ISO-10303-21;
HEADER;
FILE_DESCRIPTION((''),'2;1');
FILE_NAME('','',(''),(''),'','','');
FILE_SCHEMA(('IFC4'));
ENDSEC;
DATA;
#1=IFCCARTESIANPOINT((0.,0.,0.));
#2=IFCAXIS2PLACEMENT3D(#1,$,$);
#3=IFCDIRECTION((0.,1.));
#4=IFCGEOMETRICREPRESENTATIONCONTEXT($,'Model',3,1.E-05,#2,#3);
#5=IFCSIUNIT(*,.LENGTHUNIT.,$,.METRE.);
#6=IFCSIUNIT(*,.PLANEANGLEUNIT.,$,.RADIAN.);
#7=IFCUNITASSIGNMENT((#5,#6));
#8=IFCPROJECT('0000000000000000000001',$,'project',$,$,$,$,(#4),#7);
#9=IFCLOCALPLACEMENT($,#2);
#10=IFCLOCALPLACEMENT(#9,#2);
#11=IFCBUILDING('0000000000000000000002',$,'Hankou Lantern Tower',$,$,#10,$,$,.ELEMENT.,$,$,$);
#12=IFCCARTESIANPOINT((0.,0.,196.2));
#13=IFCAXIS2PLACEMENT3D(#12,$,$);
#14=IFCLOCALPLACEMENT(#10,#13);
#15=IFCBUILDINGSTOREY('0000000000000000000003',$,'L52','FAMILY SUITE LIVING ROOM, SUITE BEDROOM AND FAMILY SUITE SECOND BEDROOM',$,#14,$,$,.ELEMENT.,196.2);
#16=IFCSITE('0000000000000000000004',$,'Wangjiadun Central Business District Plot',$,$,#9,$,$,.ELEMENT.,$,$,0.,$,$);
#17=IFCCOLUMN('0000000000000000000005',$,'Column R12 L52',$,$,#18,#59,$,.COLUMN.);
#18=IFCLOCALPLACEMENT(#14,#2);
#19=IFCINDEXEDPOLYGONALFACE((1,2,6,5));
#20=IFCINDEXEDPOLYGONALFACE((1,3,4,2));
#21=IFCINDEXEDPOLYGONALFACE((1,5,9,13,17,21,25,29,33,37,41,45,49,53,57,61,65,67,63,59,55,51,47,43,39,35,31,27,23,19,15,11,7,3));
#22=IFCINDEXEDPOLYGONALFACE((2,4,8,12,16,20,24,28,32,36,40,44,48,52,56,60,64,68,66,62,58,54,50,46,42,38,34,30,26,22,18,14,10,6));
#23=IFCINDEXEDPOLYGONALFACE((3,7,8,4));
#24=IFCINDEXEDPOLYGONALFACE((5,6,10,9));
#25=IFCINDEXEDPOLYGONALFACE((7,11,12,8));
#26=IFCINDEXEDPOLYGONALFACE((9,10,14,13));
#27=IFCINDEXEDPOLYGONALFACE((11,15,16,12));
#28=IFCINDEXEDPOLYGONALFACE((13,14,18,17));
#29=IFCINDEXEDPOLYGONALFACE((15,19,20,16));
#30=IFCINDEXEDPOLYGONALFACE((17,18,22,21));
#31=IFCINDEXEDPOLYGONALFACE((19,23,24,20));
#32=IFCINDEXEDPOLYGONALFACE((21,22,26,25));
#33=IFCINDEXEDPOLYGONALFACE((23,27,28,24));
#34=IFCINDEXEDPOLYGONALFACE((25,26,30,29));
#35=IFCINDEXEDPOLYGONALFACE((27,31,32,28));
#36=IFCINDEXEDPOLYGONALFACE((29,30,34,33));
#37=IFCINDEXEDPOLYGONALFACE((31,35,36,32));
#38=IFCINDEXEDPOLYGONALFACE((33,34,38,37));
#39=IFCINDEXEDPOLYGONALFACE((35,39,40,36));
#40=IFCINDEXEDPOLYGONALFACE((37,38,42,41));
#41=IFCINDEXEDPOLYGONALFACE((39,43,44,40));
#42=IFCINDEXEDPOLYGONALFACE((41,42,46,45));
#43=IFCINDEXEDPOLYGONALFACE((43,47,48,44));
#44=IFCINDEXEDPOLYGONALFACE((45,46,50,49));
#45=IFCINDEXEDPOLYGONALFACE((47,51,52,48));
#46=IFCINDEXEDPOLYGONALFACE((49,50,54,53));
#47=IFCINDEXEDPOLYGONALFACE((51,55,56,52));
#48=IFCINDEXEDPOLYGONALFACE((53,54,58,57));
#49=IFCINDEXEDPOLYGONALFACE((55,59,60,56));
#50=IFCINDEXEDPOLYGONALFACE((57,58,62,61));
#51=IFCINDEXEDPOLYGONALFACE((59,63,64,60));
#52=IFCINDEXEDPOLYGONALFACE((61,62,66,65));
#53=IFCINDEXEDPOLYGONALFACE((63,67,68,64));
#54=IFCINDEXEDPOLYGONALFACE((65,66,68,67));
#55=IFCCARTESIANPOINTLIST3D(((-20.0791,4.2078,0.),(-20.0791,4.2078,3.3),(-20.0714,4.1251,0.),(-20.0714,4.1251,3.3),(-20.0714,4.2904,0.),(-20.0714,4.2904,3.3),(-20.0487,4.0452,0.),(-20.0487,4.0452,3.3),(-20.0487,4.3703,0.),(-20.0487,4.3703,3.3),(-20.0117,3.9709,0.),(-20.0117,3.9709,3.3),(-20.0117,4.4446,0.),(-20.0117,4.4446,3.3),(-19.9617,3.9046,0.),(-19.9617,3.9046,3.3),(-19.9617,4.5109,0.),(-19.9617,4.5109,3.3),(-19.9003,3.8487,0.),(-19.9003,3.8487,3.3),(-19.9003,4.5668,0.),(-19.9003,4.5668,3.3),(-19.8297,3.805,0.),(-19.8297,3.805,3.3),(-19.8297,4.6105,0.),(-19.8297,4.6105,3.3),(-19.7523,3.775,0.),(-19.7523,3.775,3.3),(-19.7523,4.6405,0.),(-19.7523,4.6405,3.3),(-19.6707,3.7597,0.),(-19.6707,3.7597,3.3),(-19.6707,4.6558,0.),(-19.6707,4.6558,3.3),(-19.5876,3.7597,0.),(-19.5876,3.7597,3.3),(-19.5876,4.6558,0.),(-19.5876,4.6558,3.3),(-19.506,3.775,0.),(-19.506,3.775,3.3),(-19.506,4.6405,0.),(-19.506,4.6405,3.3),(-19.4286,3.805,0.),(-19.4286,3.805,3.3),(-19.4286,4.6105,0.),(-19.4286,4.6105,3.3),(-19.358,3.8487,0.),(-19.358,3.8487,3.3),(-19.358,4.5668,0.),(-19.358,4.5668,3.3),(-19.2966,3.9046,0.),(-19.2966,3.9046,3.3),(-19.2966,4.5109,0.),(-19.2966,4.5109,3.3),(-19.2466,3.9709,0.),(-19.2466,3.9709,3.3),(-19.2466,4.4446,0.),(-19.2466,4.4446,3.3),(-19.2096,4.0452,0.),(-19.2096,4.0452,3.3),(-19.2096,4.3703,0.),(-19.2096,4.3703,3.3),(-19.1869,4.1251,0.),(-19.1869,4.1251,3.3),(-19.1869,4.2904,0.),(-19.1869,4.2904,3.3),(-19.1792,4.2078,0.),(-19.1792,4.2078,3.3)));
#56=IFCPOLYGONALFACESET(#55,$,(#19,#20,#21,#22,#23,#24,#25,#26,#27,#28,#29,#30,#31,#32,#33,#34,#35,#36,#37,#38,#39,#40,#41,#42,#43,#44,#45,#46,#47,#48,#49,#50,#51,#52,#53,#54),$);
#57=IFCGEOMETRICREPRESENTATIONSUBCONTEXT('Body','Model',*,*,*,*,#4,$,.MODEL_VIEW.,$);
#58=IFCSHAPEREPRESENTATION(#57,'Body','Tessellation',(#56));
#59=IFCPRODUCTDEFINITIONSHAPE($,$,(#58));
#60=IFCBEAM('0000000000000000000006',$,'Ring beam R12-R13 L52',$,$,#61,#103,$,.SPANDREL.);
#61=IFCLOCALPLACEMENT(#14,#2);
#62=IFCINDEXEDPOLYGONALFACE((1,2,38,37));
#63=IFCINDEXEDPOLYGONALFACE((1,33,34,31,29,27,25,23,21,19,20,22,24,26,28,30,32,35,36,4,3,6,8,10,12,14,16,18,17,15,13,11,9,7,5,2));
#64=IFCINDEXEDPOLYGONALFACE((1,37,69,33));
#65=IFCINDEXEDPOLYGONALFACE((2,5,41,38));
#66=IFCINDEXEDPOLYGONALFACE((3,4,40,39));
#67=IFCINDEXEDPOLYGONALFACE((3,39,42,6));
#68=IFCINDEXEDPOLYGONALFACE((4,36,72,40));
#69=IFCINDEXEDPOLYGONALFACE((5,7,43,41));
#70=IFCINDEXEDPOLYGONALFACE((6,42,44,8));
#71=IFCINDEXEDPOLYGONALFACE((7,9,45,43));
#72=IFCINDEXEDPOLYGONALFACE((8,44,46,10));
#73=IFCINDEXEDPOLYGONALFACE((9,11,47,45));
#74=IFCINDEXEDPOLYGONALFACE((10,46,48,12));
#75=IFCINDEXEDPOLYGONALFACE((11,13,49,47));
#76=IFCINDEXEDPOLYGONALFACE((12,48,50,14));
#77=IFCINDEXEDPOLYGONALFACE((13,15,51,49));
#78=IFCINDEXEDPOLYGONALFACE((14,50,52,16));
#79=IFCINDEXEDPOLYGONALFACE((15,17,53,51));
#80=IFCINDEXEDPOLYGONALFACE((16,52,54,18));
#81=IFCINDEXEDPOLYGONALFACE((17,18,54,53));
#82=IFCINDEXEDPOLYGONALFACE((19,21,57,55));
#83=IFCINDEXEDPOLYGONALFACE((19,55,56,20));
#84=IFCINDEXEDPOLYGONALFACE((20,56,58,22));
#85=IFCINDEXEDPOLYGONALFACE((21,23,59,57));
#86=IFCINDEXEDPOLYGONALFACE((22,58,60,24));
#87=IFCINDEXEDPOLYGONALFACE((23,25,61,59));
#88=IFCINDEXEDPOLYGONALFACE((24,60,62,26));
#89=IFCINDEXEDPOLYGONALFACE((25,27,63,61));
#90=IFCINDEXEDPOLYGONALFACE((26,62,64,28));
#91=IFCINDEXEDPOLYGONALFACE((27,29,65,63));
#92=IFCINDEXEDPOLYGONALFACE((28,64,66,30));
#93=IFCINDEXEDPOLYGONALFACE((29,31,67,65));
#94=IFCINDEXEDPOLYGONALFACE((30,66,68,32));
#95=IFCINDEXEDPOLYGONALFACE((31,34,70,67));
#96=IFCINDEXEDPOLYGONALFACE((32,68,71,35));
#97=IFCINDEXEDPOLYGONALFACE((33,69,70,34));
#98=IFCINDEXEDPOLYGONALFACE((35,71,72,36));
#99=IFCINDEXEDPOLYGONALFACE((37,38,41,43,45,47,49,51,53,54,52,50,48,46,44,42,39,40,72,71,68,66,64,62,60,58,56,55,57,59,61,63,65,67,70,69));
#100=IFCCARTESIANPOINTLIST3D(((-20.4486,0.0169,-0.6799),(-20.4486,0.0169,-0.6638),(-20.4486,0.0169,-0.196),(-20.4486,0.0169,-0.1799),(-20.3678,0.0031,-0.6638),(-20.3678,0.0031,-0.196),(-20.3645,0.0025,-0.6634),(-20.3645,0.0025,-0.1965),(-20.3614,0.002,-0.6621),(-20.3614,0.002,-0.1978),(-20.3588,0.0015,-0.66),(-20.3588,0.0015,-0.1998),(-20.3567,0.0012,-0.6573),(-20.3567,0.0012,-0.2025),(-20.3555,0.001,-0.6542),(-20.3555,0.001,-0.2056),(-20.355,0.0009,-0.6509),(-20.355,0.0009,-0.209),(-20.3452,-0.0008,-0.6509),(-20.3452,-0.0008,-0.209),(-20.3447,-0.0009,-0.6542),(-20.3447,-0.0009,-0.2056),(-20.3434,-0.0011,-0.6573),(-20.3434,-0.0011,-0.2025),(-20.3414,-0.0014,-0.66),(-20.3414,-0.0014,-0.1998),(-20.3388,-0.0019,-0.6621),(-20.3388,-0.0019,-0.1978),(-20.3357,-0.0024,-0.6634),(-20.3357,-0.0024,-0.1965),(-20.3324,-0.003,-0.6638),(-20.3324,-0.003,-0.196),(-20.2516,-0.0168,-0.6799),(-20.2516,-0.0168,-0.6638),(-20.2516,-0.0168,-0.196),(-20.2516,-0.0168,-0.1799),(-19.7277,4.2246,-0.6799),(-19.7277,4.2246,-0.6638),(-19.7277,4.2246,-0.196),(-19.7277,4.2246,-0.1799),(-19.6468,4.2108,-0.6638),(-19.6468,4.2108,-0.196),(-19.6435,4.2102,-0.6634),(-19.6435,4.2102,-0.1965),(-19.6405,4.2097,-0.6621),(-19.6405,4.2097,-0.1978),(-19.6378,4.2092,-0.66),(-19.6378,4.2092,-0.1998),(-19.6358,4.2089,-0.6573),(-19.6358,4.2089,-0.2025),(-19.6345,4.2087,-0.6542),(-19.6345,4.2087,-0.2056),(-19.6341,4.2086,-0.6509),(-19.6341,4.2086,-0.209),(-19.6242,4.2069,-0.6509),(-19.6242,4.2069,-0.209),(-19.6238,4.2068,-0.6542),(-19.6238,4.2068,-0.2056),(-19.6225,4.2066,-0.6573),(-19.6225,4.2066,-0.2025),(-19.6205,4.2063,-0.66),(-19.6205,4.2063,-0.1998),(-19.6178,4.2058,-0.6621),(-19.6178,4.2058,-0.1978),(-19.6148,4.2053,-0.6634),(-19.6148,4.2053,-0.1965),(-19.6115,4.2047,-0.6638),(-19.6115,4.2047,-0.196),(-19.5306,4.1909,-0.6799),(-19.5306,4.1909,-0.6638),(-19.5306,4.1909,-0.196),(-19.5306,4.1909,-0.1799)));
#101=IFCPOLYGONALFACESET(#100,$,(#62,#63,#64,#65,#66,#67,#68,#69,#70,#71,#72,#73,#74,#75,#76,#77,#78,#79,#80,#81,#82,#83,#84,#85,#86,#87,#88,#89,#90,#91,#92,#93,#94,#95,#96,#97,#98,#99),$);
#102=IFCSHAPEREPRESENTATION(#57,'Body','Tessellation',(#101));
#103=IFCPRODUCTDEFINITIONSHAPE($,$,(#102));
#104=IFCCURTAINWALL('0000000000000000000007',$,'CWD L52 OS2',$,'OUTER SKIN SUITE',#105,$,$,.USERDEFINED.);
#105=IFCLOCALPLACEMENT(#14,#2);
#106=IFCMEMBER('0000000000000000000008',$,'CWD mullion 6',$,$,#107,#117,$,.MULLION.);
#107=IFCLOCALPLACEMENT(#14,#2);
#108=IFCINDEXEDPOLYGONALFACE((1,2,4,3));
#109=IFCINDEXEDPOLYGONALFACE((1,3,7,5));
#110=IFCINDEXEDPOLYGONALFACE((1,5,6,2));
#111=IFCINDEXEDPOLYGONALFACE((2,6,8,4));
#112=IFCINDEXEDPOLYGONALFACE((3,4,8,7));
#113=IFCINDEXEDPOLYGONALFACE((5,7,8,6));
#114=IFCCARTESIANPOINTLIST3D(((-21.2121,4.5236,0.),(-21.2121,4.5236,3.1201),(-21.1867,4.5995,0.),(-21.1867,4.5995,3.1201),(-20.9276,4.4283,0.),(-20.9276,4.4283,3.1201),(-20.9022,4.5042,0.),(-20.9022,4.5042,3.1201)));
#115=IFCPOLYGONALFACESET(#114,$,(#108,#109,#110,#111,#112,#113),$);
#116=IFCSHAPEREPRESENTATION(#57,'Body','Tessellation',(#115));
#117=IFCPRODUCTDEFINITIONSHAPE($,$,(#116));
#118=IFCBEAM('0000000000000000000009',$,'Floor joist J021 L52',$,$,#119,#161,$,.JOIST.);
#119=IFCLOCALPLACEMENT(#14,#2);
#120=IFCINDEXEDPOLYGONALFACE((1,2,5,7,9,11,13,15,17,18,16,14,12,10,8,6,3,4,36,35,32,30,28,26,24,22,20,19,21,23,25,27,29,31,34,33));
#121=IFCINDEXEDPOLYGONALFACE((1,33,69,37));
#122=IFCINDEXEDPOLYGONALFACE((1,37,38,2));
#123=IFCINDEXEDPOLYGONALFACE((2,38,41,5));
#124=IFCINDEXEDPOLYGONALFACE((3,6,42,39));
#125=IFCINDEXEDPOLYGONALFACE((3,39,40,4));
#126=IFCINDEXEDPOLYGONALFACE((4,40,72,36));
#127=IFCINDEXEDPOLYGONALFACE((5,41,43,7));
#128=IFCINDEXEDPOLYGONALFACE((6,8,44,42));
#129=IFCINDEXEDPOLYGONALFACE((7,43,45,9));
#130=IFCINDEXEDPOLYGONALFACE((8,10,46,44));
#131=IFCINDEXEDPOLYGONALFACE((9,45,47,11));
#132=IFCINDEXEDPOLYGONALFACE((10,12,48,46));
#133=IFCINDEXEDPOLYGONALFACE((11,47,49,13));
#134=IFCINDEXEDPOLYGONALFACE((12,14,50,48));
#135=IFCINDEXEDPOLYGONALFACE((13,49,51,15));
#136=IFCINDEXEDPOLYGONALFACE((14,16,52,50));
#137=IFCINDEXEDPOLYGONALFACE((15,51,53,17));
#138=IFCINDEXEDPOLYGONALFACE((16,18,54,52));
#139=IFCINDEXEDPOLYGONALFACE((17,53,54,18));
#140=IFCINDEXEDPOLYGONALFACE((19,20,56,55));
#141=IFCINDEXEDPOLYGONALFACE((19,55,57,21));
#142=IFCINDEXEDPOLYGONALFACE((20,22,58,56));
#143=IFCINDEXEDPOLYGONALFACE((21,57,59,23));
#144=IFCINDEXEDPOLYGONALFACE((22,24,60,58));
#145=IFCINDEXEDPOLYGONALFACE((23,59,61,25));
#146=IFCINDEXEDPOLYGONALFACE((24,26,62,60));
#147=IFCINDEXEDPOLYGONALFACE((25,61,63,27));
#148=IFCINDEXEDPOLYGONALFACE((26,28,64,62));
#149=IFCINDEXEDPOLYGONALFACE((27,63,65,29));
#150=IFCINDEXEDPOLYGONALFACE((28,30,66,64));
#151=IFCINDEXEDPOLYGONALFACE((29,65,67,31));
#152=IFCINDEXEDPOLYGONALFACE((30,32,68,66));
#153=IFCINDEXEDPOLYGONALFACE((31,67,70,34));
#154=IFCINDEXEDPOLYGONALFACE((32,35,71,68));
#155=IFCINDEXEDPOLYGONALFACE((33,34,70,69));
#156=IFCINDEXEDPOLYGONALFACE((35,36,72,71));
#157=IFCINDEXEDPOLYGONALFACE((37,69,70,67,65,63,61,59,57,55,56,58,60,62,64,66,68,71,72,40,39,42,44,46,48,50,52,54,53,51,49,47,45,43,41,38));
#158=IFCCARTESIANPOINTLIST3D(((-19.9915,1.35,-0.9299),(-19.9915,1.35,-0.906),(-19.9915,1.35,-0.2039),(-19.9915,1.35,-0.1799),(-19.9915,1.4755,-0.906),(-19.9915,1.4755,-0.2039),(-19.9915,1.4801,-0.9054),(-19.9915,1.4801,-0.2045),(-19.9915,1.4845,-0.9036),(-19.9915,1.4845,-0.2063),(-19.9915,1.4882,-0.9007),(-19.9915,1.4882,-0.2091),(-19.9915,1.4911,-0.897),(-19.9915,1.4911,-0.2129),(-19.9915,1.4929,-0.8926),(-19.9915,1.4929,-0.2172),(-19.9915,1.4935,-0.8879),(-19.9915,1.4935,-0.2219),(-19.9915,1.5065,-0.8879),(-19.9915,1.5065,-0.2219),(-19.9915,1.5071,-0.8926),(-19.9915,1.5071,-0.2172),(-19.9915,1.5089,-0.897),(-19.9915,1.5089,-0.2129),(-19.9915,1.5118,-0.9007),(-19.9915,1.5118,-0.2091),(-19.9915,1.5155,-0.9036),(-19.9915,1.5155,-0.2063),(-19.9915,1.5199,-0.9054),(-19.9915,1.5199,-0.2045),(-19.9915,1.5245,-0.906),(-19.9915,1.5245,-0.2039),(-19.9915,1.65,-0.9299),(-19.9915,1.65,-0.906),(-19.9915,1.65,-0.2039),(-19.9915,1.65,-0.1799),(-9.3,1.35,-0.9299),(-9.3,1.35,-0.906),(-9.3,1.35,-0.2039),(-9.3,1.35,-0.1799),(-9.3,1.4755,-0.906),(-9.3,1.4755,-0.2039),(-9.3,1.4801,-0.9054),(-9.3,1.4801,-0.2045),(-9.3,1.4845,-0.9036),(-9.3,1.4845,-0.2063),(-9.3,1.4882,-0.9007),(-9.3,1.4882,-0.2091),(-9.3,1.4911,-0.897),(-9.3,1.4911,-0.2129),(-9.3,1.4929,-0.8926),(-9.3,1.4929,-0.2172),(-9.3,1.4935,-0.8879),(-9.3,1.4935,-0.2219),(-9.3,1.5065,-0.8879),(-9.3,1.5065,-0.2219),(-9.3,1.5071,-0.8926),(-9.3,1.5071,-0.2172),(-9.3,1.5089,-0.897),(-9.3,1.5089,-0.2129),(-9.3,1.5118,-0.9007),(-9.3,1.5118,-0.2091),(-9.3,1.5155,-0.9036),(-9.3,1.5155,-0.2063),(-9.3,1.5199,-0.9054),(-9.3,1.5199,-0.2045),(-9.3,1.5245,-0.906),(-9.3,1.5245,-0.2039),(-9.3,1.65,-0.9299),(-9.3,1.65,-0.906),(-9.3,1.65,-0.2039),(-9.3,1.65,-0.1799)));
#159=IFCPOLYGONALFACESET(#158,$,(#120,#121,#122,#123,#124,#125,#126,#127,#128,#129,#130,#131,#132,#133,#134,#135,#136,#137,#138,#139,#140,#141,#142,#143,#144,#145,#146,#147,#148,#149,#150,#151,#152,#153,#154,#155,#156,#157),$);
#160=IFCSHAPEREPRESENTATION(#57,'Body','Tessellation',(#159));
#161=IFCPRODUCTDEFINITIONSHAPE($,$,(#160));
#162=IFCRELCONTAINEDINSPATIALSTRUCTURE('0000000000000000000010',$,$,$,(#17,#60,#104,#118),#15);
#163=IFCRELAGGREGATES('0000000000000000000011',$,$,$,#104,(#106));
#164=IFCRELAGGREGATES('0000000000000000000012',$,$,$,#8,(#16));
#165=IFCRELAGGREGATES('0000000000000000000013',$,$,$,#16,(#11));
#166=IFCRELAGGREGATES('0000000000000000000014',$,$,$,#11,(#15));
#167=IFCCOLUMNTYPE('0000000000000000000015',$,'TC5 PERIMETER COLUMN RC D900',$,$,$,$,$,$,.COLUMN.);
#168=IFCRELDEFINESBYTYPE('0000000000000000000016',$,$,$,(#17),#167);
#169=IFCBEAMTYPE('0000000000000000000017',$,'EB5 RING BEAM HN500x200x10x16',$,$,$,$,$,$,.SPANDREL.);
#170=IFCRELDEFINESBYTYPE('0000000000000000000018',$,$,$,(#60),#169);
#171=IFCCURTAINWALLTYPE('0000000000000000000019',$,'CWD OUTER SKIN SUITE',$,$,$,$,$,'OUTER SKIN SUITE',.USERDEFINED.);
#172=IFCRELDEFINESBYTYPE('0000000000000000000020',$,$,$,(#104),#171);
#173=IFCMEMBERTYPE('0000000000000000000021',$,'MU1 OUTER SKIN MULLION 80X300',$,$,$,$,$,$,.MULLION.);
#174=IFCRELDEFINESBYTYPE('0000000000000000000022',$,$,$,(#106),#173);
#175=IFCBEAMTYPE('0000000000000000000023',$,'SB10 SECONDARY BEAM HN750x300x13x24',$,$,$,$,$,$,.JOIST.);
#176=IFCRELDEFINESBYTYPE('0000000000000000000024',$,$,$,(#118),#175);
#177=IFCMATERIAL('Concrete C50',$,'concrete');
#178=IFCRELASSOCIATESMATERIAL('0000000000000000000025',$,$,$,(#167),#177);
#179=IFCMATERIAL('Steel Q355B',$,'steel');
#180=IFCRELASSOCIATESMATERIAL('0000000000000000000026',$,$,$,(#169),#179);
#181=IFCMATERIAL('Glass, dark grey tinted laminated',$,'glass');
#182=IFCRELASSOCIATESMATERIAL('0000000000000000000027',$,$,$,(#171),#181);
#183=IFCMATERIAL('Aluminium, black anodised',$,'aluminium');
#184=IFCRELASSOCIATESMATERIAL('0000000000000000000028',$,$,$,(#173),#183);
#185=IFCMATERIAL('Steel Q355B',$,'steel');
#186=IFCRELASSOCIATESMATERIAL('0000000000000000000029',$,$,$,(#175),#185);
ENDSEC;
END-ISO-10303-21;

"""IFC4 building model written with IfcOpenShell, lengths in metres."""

from ifc_helpers import new_model, si_unit, direction, frame, origin, origin_2d, place, context, subcontext, project, spatial, rectangle, circle, i_section, extrude, material, material_profile, profile_set, type_object, element, aggregate, save


model = new_model("IFC4")

# Units and contexts
model_context = context("Model", 3, precision=1e-05, world=origin(), true_north=direction((0.0, 1.0)))
body_context = subcontext(model_context, "Body", "Model", "MODEL_VIEW")
ifc_project = project(units=[si_unit("LENGTHUNIT", "METRE"), si_unit("PLANEANGLEUNIT", "RADIAN")], contexts=[model_context])

# Site, building, storey
site_placement = place(None, origin())
site = spatial("IfcSite", under=ifc_project, at=site_placement, Name="Wangjiadun Central Business District Plot", CompositionType="ELEMENT", RefElevation=0.0)
building_placement = place(site_placement, origin())
building = spatial("IfcBuilding", under=site, at=building_placement, Name="Hankou Lantern Tower", CompositionType="ELEMENT")
storey_placement = place(building_placement, frame((0.0, 0.0, 196.2)))
storey = spatial("IfcBuildingStorey", under=building, at=storey_placement, Name="L52", Description="FAMILY SUITE LIVING ROOM, SUITE BEDROOM AND FAMILY SUITE SECOND BEDROOM", CompositionType="ELEMENT", Elevation=196.2)

# Column
ifc_material_1 = material(Name="Concrete C50", Category="concrete")
ifc_material_profile_1 = material_profile(ifc_material_1, circle(Radius=0.45, at=origin_2d()), Name="RC D900")
ifc_profile_set_1 = profile_set([ifc_material_profile_1], Name="Concrete C50")
column_type = type_object("IfcColumnType", Name="TC5 PERIMETER COLUMN RC D900", PredefinedType="COLUMN", material=ifc_profile_set_1)
column_placement = place(storey_placement, frame((-19.6292, 4.2078, 0.0), z_axis=(0.0, 0.0, 1.0), x_axis=(1.0, 0.0, 0.0)))
element("IfcColumn", 1, at=column_placement, inside=storey, type_object=column_type, Name="Column R12 L52", PredefinedType="COLUMN", context=body_context, shape_type="SweptSolid", body=[
    extrude(circle(Radius=0.45, at=origin_2d()), origin(), (0.0, 0.0, 1.0), 3.3),
])

# Beam
ifc_material_2 = material(Name="Steel Q355B", Category="steel")
ifc_material_profile_2 = material_profile(ifc_material_2, i_section(OverallWidth=0.2, OverallDepth=0.5, WebThickness=0.01, FlangeThickness=0.0161, FilletRadius=0.0129, at=origin_2d()), Name="HN500x200x10x16")
ifc_profile_set_2 = profile_set([ifc_material_profile_2], Name="Steel Q355B")
beam_type_1 = type_object("IfcBeamType", Name="EB5 RING BEAM HN500x200x10x16", PredefinedType="SPANDREL", material=ifc_profile_set_2)
beam_1_placement = place(storey_placement, frame((-19.6292, 4.2078, -0.4299), z_axis=(-0.168877, -0.985637, 0.0), x_axis=(0.985637, -0.168877, 0.0)))
element("IfcBeam", 2, at=beam_1_placement, inside=storey, type_object=beam_type_1, Name="Ring beam R12-R13 L52", PredefinedType="SPANDREL", context=body_context, shape_type="SweptSolid", body=[
    extrude(i_section(OverallWidth=0.2, OverallDepth=0.5, WebThickness=0.01, FlangeThickness=0.0161, FilletRadius=0.0129, at=origin_2d()), origin(), (0.0, 0.0, 1.0), 4.269),
])

# Curtain wall, member
ifc_material_3 = material(Name="Glass, dark grey tinted laminated", Category="glass")
curtain_wall_type = type_object("IfcCurtainWallType", Name="CWD OUTER SKIN SUITE", ElementType="OUTER SKIN SUITE", PredefinedType="USERDEFINED", material=ifc_material_3)
curtain_wall_placement = place(storey_placement, origin())
curtain_wall = element("IfcCurtainWall", 3, at=curtain_wall_placement, inside=storey, type_object=curtain_wall_type, Name="CWD L52 OS2", ObjectType="OUTER SKIN SUITE", PredefinedType="USERDEFINED")
ifc_material_4 = material(Name="Aluminium, black anodised", Category="aluminium")
ifc_material_profile_3 = material_profile(ifc_material_4, rectangle(XDim=0.0801, YDim=0.3, at=origin_2d()), Name="MU1 80X300")
ifc_profile_set_3 = profile_set([ifc_material_profile_3], Name="Aluminium, black anodised")
member_type_1 = type_object("IfcMemberType", Name="MU1 OUTER SKIN MULLION 80X300", PredefinedType="MULLION", material=ifc_profile_set_3)
member_1_placement = place(storey_placement, frame((-21.0571, 4.5139, 0.0), z_axis=(0.0, 0.0, 1.0), x_axis=(-0.317596, -0.948226, 0.0)))
member_1 = element("IfcMember", 4, at=member_1_placement, type_object=member_type_1, Name="CWD mullion 6", PredefinedType="MULLION", context=body_context, shape_type="SweptSolid", body=[
    extrude(rectangle(XDim=0.0801, YDim=0.3, at=origin_2d()), origin(), (0.0, 0.0, 1.0), 3.1201),
])

# Beam
ifc_material_5 = material(Name="Steel Q355B", Category="steel")
ifc_material_profile_4 = material_profile(ifc_material_5, i_section(OverallWidth=0.3, OverallDepth=0.75, WebThickness=0.0129, FlangeThickness=0.0239, FilletRadius=0.0181, at=origin_2d()), Name="HN750x300x13x24")
ifc_profile_set_4 = profile_set([ifc_material_profile_4], Name="Steel Q355B")
beam_type_2 = type_object("IfcBeamType", Name="SB10 SECONDARY BEAM HN750x300x13x24", PredefinedType="JOIST", material=ifc_profile_set_4)
beam_2_placement = place(storey_placement, frame((-19.9915, 1.5, -0.5549), z_axis=(1.0, 0.0, 0.0), x_axis=(0.0, 1.0, 0.0)))
element("IfcBeam", 5, at=beam_2_placement, inside=storey, type_object=beam_type_2, Name="Floor joist J021 L52", PredefinedType="JOIST", context=body_context, shape_type="SweptSolid", body=[
    extrude(i_section(OverallWidth=0.3, OverallDepth=0.75, WebThickness=0.0129, FlangeThickness=0.0239, FilletRadius=0.0181, at=origin_2d()), origin(), (0.0, 0.0, 1.0), 10.6914),
])

aggregate(curtain_wall, [member_1])

save(model, "model.ifc")
